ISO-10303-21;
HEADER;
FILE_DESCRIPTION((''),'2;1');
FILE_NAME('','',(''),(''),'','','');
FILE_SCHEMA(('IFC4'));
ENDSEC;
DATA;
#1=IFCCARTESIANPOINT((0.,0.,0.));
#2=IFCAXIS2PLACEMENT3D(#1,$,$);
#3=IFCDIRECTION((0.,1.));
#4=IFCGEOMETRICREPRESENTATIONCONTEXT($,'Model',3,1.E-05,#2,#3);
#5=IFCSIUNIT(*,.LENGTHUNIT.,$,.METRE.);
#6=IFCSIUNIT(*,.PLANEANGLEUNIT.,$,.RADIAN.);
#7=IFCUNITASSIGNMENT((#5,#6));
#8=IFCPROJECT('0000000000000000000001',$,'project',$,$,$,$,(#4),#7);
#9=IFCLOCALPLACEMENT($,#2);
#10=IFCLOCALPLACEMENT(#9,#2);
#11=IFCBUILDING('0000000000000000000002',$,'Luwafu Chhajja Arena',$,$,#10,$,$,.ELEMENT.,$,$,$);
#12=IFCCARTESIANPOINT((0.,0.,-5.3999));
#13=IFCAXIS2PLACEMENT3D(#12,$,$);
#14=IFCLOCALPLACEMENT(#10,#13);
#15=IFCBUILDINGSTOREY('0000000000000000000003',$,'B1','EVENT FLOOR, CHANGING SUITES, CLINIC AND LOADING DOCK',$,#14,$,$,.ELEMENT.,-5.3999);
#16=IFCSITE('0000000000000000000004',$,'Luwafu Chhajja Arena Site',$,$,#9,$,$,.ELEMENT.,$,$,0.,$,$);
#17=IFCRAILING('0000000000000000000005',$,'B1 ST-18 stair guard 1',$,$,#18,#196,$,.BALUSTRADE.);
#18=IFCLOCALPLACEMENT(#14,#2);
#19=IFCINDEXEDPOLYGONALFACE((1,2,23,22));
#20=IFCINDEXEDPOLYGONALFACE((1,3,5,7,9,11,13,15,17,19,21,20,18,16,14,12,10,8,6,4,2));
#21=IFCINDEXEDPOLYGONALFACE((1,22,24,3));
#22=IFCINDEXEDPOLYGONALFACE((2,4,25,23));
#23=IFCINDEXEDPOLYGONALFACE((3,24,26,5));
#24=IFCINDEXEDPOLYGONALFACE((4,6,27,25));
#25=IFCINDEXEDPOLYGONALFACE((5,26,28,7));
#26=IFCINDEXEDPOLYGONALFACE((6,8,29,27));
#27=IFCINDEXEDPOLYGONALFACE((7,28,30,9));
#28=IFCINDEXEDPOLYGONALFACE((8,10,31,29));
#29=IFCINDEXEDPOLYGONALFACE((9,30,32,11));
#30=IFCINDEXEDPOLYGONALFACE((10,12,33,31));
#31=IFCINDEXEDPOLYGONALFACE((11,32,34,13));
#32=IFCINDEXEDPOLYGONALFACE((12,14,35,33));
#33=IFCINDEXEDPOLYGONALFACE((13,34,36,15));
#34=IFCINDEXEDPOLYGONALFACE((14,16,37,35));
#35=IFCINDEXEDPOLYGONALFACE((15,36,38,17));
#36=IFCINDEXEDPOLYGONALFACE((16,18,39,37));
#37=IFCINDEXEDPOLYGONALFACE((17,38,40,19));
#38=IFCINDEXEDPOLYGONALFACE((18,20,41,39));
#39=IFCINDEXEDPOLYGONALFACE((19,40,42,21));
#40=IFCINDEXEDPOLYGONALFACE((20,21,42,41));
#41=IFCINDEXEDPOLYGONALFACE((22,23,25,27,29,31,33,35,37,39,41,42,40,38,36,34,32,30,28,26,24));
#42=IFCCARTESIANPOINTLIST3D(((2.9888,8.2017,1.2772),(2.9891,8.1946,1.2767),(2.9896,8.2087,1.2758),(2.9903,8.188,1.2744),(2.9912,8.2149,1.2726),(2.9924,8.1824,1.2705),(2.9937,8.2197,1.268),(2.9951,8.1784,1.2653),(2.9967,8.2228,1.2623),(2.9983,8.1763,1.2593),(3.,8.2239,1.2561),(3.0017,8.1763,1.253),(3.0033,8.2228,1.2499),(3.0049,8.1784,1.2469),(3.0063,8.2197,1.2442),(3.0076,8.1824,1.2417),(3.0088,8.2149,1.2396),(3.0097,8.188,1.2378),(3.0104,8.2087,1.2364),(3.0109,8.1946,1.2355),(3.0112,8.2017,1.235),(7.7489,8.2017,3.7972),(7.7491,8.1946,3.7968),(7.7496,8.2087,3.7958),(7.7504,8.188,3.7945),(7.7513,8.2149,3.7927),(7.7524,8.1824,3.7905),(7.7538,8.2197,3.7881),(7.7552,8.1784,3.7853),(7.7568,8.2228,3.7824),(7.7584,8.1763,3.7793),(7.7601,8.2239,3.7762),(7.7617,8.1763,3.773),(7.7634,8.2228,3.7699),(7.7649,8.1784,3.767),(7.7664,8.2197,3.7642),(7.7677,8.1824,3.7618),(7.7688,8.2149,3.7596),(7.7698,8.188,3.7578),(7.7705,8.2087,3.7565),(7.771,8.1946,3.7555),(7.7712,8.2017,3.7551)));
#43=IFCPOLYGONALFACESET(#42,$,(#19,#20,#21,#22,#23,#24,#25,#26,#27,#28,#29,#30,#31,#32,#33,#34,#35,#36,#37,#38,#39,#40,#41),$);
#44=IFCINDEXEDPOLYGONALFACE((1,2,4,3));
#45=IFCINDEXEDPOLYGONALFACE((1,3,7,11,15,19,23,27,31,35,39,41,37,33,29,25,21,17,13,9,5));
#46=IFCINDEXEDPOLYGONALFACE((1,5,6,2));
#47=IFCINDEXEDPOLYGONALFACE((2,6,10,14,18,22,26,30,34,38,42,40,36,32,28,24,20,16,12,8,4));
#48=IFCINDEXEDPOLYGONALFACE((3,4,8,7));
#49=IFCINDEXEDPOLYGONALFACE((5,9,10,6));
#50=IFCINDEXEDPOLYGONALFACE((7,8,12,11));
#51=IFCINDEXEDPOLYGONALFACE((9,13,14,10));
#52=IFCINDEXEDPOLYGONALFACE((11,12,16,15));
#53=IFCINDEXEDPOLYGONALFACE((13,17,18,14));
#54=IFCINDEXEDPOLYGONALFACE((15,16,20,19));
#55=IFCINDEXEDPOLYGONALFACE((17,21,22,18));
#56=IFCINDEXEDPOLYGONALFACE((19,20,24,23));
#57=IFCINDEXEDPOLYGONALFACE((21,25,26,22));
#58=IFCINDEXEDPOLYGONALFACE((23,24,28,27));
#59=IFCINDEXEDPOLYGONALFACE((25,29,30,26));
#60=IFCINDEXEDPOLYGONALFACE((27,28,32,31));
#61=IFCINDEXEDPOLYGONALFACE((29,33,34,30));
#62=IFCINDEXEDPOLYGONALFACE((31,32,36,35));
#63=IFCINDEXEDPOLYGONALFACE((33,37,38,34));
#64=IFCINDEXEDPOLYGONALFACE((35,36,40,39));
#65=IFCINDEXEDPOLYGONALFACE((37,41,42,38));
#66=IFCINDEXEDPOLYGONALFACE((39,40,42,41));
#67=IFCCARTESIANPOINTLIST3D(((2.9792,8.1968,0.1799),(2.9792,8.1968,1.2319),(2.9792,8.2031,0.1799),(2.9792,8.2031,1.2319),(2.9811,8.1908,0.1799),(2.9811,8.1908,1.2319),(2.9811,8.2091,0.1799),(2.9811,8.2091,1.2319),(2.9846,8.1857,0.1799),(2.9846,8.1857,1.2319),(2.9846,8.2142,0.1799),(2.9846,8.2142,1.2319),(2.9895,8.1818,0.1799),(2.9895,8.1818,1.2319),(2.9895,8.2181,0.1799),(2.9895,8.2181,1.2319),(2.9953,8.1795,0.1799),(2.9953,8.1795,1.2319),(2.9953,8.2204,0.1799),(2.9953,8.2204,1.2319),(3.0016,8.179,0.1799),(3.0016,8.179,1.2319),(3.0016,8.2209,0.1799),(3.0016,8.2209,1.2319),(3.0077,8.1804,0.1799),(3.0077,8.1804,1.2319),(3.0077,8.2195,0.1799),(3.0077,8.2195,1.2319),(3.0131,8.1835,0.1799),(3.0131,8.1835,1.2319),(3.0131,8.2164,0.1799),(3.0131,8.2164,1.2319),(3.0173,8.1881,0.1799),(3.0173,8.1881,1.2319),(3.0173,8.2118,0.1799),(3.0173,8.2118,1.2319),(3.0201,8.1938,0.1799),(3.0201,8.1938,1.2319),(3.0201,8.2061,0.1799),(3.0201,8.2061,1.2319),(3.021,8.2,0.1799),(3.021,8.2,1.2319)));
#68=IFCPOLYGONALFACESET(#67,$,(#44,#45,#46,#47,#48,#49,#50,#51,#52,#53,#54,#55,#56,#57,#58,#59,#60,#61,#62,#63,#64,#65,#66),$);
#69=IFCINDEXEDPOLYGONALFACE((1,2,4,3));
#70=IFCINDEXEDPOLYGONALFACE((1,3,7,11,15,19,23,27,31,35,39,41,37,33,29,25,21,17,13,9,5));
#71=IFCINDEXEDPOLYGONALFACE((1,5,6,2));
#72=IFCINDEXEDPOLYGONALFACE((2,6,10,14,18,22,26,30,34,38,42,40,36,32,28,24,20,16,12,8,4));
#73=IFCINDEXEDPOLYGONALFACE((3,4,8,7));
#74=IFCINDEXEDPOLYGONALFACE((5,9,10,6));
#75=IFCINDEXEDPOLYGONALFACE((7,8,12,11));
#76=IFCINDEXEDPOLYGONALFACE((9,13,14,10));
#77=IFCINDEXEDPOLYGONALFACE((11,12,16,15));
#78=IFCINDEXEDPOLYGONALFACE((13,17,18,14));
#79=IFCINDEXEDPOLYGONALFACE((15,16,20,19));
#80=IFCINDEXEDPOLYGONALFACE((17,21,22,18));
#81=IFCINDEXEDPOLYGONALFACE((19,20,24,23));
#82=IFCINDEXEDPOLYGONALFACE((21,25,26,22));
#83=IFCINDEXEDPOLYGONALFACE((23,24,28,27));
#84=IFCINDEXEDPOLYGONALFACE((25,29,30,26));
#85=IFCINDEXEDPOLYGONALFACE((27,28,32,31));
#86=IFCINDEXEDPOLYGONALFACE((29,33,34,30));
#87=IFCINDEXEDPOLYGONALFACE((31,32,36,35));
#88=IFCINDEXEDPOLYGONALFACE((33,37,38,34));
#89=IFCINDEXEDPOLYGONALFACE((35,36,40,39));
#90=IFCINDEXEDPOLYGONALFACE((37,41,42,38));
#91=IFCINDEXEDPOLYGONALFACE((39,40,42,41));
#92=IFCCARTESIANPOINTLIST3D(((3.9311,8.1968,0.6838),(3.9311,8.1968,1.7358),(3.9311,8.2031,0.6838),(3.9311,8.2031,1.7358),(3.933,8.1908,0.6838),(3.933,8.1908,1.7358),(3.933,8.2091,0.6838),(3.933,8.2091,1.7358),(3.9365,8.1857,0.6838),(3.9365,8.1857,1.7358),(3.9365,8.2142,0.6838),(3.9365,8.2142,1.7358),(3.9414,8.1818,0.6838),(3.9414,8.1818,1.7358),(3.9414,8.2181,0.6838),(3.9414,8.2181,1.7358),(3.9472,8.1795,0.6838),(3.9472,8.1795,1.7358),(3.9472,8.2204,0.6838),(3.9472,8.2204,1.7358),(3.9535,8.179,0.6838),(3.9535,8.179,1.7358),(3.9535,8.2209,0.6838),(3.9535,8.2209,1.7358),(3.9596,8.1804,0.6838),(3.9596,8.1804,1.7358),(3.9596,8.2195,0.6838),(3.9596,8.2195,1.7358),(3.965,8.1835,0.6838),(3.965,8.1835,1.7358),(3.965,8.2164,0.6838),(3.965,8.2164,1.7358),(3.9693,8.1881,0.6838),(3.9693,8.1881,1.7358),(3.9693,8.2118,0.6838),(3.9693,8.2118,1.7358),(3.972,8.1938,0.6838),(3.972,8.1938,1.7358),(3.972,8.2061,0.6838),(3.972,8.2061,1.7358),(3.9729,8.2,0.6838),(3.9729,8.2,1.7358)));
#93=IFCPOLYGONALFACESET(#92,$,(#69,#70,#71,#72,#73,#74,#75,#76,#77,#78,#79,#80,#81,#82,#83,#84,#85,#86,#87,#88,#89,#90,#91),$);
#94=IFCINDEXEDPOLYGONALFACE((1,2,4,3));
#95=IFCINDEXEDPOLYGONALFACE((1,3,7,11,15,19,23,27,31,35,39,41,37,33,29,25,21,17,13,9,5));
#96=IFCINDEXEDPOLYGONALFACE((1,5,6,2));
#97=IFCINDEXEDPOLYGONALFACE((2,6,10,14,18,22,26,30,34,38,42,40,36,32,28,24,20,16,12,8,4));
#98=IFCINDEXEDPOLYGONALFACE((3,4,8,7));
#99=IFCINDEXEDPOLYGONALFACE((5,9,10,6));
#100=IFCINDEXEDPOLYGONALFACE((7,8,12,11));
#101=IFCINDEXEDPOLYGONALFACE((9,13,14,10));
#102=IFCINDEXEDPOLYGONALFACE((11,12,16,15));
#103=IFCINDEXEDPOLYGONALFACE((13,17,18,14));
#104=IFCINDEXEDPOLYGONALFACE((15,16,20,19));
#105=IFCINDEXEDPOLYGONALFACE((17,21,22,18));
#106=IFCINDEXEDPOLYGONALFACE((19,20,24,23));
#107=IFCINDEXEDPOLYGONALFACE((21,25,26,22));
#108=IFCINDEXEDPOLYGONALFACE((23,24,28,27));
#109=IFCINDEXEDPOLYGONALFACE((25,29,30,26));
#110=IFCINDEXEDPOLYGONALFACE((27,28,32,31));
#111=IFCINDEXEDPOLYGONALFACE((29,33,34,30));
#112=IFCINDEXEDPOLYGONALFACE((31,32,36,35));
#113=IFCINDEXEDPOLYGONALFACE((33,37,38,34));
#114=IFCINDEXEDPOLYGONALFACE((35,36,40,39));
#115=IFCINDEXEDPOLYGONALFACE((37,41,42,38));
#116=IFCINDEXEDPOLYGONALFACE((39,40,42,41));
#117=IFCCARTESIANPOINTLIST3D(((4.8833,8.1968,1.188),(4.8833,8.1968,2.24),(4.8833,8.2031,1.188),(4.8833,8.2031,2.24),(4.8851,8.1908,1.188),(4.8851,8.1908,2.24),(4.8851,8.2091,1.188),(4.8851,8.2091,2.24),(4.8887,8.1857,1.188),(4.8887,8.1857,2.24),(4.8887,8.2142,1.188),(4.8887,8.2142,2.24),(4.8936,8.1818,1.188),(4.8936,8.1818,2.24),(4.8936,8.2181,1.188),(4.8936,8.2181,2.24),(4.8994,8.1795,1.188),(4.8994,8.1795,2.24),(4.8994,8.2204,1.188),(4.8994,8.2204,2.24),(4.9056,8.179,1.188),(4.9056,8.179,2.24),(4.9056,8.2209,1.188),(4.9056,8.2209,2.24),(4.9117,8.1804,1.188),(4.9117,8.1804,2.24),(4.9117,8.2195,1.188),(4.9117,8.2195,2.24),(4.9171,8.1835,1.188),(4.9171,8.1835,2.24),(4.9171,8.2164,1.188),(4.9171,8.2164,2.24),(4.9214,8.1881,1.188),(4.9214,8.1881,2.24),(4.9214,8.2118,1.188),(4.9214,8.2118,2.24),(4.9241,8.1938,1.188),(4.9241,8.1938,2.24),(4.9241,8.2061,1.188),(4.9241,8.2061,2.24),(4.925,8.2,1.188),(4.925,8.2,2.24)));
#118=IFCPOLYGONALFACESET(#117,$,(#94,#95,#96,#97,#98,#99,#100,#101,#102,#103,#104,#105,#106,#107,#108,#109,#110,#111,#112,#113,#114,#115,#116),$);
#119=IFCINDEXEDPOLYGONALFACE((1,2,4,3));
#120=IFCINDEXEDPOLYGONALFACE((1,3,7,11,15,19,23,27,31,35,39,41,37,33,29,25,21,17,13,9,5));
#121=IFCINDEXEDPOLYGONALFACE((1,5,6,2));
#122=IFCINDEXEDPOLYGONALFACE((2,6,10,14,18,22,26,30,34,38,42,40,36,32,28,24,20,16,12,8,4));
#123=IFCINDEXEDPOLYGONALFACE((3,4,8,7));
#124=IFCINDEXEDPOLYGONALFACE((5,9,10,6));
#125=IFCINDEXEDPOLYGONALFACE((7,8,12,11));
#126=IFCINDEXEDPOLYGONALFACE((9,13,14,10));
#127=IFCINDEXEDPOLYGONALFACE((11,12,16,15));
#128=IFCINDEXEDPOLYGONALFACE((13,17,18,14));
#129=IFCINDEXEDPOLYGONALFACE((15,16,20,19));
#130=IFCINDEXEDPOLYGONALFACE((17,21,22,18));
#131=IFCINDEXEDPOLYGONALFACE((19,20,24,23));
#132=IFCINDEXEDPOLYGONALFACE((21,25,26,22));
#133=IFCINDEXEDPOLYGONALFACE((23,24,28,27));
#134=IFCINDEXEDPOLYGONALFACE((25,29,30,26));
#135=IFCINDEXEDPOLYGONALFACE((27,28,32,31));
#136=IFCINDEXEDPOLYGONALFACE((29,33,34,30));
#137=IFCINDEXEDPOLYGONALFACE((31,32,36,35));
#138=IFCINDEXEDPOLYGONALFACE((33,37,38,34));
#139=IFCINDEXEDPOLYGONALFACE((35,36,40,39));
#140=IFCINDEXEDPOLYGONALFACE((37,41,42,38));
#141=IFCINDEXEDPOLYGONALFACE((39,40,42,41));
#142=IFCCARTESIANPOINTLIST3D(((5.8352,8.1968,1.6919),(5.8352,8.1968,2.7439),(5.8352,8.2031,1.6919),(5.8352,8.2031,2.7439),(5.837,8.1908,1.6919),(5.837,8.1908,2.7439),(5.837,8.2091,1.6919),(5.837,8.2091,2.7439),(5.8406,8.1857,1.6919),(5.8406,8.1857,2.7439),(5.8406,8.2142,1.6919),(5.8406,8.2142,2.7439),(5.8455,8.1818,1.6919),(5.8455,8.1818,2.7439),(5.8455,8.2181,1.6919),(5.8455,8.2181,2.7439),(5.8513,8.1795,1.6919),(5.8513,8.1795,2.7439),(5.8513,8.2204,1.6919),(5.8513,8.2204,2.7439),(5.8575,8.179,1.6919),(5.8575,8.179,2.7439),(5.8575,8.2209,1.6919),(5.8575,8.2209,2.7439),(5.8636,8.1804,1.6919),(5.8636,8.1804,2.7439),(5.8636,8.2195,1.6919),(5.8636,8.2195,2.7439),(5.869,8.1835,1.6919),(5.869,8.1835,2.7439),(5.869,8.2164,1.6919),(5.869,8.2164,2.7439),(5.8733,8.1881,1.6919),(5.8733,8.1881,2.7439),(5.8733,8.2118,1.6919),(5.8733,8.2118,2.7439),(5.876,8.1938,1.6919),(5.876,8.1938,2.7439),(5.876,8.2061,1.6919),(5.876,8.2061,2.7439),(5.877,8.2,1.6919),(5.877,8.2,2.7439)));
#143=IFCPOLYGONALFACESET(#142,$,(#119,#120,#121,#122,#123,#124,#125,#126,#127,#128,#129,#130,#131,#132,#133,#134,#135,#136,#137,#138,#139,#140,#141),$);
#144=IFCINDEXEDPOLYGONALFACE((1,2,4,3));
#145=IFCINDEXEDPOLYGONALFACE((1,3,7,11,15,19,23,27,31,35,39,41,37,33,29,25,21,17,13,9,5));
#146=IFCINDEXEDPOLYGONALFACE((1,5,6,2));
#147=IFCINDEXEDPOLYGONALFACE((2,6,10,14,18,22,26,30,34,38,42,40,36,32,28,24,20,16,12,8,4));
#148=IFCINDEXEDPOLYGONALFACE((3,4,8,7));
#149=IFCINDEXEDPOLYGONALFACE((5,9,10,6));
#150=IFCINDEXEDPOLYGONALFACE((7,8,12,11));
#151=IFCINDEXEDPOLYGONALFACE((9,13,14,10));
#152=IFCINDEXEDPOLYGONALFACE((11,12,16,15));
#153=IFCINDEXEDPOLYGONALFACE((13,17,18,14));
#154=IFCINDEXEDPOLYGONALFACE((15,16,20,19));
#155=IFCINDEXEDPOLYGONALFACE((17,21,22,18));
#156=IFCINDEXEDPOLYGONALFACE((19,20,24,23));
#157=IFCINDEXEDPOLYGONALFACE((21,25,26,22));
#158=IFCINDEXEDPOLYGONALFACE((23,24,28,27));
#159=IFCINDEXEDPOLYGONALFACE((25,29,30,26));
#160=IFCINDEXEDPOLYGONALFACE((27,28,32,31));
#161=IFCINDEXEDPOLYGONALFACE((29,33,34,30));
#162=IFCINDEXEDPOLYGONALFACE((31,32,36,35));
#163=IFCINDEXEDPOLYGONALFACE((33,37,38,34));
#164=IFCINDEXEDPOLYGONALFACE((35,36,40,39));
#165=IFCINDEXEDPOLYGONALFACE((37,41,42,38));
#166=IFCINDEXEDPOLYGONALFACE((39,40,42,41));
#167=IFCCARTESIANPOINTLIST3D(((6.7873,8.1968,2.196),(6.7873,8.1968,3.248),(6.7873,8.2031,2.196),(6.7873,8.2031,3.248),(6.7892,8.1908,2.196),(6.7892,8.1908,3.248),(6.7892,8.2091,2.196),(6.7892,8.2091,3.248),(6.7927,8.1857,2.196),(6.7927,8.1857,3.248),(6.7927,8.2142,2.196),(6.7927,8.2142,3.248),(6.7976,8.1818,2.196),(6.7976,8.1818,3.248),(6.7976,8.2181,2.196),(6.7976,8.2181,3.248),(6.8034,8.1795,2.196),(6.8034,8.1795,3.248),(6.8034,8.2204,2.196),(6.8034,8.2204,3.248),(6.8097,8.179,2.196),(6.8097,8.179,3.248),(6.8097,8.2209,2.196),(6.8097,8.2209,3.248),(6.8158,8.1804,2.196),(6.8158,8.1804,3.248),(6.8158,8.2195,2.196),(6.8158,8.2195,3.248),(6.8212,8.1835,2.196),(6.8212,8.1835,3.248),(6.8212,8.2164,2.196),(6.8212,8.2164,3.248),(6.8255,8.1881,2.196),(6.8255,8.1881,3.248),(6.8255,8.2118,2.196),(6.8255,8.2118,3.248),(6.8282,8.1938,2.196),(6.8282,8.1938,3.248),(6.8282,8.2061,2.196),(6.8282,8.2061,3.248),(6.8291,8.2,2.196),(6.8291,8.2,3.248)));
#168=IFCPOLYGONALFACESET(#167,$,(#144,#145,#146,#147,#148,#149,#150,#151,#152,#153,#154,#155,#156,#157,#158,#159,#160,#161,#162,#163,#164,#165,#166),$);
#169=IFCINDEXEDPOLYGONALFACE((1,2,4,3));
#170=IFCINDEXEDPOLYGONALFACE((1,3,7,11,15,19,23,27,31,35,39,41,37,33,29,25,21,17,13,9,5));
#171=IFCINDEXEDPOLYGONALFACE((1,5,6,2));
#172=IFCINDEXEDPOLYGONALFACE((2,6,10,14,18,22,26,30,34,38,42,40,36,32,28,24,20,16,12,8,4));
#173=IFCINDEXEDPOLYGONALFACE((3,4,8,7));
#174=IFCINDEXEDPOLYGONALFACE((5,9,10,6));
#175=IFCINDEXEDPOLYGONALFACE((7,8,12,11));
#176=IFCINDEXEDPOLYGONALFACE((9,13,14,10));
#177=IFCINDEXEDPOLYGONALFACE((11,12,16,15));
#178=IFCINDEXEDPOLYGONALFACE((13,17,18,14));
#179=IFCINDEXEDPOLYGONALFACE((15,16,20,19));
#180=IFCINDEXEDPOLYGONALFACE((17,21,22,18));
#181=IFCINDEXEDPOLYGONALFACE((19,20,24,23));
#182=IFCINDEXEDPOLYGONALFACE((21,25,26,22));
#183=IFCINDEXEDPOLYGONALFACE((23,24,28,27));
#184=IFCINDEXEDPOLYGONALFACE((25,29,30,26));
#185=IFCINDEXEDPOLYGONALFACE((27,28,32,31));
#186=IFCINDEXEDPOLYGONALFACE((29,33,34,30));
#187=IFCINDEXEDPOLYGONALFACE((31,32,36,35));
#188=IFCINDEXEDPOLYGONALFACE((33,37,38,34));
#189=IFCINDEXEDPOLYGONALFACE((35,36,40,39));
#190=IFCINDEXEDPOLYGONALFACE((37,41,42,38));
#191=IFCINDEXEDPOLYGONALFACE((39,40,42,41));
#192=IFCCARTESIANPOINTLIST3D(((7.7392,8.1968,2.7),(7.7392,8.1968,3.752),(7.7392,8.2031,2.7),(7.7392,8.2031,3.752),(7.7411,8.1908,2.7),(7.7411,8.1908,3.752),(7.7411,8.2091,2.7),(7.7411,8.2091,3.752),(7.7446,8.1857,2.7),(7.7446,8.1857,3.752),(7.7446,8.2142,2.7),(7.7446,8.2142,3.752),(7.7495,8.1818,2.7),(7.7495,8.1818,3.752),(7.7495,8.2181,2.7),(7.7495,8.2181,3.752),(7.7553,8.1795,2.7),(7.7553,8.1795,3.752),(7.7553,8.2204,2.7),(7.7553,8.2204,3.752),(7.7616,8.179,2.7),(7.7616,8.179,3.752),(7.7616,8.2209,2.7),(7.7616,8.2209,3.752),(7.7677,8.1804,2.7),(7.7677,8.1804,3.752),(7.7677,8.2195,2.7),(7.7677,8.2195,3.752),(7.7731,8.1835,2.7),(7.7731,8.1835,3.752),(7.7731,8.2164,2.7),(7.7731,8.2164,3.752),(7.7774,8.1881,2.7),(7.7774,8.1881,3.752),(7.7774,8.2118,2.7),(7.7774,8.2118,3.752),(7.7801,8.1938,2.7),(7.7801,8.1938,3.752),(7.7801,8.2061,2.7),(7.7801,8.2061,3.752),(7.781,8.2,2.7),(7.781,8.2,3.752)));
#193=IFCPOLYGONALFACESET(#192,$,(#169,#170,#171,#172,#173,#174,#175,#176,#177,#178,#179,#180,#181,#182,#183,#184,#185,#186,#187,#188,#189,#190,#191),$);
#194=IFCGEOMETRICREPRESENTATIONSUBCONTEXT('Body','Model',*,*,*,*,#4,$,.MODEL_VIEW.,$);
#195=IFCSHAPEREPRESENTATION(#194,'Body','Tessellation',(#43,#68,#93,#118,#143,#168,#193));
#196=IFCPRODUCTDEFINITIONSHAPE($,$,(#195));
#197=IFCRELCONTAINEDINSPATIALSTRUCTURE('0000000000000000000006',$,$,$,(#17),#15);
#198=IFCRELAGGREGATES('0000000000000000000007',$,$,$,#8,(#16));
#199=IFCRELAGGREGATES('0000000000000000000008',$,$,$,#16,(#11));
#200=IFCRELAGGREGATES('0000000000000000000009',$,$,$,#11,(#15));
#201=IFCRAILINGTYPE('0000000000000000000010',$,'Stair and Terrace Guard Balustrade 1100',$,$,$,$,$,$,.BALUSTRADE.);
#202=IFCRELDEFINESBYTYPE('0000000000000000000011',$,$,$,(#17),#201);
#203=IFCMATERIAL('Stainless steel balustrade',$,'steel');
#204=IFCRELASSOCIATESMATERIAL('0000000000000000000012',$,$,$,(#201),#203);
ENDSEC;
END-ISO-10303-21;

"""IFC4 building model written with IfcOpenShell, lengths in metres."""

from ifc_helpers import new_model, si_unit, direction, frame, origin, origin_2d, place, context, subcontext, project, spatial, circle, extrude, material, type_object, element, save


model = new_model("IFC4")

# Units and contexts
model_context = context("Model", 3, precision=1e-05, world=origin(), true_north=direction((0.0, 1.0)))
body_context = subcontext(model_context, "Body", "Model", "MODEL_VIEW")
ifc_project = project(units=[si_unit("LENGTHUNIT", "METRE"), si_unit("PLANEANGLEUNIT", "RADIAN")], contexts=[model_context])

# Site, building, storey
site_placement = place(None, origin())
site = spatial("IfcSite", under=ifc_project, at=site_placement, Name="Luwafu Chhajja Arena Site", CompositionType="ELEMENT", RefElevation=0.0)
building_placement = place(site_placement, origin())
building = spatial("IfcBuilding", under=site, at=building_placement, Name="Luwafu Chhajja Arena", CompositionType="ELEMENT")
storey_placement = place(building_placement, frame((0.0, 0.0, -5.3999)))
storey = spatial("IfcBuildingStorey", under=building, at=storey_placement, Name="B1", Description="EVENT FLOOR, CHANGING SUITES, CLINIC AND LOADING DOCK", CompositionType="ELEMENT", Elevation=-5.3999)

# Railing
ifc_material_1 = material(Name="Stainless steel balustrade", Category="steel")
railing_type_1 = type_object("IfcRailingType", Name="Stair and Terrace Guard Balustrade 1100", PredefinedType="BALUSTRADE", material=ifc_material_1)
railing_1_placement = place(storey_placement, frame((3.0, 8.2, 0.1799)))
element("IfcRailing", 1, at=railing_1_placement, inside=storey, type_object=railing_type_1, Name="B1 ST-18 stair guard 1", PredefinedType="BALUSTRADE", context=body_context, shape_type="SweptSolid", body=[
    extrude(circle(Radius=0.0239, at=origin_2d()), frame((0.0, 0.0, 1.0762), z_axis=(0.883787, 0.0, 0.46789), x_axis=(0.0, 1.0, 0.0)), (0.0, 0.0, 1.0), 5.386),
    extrude(circle(Radius=0.021, at=origin_2d()), origin(), (0.0, 0.0, 1.0), 1.052),
    extrude(circle(Radius=0.021, at=origin_2d()), frame((0.9519, 0.0, 0.5039)), (0.0, 0.0, 1.0), 1.052),
    extrude(circle(Radius=0.021, at=origin_2d()), frame((1.9041, 0.0, 1.0081)), (0.0, 0.0, 1.0), 1.052),
    extrude(circle(Radius=0.021, at=origin_2d()), frame((2.856, 0.0, 1.512)), (0.0, 0.0, 1.0), 1.052),
    extrude(circle(Radius=0.021, at=origin_2d()), frame((3.8081, 0.0, 2.0161)), (0.0, 0.0, 1.0), 1.052),
    extrude(circle(Radius=0.021, at=origin_2d()), frame((4.76, 0.0, 2.52)), (0.0, 0.0, 1.0), 1.052),
])

save(model, "model.ifc")
